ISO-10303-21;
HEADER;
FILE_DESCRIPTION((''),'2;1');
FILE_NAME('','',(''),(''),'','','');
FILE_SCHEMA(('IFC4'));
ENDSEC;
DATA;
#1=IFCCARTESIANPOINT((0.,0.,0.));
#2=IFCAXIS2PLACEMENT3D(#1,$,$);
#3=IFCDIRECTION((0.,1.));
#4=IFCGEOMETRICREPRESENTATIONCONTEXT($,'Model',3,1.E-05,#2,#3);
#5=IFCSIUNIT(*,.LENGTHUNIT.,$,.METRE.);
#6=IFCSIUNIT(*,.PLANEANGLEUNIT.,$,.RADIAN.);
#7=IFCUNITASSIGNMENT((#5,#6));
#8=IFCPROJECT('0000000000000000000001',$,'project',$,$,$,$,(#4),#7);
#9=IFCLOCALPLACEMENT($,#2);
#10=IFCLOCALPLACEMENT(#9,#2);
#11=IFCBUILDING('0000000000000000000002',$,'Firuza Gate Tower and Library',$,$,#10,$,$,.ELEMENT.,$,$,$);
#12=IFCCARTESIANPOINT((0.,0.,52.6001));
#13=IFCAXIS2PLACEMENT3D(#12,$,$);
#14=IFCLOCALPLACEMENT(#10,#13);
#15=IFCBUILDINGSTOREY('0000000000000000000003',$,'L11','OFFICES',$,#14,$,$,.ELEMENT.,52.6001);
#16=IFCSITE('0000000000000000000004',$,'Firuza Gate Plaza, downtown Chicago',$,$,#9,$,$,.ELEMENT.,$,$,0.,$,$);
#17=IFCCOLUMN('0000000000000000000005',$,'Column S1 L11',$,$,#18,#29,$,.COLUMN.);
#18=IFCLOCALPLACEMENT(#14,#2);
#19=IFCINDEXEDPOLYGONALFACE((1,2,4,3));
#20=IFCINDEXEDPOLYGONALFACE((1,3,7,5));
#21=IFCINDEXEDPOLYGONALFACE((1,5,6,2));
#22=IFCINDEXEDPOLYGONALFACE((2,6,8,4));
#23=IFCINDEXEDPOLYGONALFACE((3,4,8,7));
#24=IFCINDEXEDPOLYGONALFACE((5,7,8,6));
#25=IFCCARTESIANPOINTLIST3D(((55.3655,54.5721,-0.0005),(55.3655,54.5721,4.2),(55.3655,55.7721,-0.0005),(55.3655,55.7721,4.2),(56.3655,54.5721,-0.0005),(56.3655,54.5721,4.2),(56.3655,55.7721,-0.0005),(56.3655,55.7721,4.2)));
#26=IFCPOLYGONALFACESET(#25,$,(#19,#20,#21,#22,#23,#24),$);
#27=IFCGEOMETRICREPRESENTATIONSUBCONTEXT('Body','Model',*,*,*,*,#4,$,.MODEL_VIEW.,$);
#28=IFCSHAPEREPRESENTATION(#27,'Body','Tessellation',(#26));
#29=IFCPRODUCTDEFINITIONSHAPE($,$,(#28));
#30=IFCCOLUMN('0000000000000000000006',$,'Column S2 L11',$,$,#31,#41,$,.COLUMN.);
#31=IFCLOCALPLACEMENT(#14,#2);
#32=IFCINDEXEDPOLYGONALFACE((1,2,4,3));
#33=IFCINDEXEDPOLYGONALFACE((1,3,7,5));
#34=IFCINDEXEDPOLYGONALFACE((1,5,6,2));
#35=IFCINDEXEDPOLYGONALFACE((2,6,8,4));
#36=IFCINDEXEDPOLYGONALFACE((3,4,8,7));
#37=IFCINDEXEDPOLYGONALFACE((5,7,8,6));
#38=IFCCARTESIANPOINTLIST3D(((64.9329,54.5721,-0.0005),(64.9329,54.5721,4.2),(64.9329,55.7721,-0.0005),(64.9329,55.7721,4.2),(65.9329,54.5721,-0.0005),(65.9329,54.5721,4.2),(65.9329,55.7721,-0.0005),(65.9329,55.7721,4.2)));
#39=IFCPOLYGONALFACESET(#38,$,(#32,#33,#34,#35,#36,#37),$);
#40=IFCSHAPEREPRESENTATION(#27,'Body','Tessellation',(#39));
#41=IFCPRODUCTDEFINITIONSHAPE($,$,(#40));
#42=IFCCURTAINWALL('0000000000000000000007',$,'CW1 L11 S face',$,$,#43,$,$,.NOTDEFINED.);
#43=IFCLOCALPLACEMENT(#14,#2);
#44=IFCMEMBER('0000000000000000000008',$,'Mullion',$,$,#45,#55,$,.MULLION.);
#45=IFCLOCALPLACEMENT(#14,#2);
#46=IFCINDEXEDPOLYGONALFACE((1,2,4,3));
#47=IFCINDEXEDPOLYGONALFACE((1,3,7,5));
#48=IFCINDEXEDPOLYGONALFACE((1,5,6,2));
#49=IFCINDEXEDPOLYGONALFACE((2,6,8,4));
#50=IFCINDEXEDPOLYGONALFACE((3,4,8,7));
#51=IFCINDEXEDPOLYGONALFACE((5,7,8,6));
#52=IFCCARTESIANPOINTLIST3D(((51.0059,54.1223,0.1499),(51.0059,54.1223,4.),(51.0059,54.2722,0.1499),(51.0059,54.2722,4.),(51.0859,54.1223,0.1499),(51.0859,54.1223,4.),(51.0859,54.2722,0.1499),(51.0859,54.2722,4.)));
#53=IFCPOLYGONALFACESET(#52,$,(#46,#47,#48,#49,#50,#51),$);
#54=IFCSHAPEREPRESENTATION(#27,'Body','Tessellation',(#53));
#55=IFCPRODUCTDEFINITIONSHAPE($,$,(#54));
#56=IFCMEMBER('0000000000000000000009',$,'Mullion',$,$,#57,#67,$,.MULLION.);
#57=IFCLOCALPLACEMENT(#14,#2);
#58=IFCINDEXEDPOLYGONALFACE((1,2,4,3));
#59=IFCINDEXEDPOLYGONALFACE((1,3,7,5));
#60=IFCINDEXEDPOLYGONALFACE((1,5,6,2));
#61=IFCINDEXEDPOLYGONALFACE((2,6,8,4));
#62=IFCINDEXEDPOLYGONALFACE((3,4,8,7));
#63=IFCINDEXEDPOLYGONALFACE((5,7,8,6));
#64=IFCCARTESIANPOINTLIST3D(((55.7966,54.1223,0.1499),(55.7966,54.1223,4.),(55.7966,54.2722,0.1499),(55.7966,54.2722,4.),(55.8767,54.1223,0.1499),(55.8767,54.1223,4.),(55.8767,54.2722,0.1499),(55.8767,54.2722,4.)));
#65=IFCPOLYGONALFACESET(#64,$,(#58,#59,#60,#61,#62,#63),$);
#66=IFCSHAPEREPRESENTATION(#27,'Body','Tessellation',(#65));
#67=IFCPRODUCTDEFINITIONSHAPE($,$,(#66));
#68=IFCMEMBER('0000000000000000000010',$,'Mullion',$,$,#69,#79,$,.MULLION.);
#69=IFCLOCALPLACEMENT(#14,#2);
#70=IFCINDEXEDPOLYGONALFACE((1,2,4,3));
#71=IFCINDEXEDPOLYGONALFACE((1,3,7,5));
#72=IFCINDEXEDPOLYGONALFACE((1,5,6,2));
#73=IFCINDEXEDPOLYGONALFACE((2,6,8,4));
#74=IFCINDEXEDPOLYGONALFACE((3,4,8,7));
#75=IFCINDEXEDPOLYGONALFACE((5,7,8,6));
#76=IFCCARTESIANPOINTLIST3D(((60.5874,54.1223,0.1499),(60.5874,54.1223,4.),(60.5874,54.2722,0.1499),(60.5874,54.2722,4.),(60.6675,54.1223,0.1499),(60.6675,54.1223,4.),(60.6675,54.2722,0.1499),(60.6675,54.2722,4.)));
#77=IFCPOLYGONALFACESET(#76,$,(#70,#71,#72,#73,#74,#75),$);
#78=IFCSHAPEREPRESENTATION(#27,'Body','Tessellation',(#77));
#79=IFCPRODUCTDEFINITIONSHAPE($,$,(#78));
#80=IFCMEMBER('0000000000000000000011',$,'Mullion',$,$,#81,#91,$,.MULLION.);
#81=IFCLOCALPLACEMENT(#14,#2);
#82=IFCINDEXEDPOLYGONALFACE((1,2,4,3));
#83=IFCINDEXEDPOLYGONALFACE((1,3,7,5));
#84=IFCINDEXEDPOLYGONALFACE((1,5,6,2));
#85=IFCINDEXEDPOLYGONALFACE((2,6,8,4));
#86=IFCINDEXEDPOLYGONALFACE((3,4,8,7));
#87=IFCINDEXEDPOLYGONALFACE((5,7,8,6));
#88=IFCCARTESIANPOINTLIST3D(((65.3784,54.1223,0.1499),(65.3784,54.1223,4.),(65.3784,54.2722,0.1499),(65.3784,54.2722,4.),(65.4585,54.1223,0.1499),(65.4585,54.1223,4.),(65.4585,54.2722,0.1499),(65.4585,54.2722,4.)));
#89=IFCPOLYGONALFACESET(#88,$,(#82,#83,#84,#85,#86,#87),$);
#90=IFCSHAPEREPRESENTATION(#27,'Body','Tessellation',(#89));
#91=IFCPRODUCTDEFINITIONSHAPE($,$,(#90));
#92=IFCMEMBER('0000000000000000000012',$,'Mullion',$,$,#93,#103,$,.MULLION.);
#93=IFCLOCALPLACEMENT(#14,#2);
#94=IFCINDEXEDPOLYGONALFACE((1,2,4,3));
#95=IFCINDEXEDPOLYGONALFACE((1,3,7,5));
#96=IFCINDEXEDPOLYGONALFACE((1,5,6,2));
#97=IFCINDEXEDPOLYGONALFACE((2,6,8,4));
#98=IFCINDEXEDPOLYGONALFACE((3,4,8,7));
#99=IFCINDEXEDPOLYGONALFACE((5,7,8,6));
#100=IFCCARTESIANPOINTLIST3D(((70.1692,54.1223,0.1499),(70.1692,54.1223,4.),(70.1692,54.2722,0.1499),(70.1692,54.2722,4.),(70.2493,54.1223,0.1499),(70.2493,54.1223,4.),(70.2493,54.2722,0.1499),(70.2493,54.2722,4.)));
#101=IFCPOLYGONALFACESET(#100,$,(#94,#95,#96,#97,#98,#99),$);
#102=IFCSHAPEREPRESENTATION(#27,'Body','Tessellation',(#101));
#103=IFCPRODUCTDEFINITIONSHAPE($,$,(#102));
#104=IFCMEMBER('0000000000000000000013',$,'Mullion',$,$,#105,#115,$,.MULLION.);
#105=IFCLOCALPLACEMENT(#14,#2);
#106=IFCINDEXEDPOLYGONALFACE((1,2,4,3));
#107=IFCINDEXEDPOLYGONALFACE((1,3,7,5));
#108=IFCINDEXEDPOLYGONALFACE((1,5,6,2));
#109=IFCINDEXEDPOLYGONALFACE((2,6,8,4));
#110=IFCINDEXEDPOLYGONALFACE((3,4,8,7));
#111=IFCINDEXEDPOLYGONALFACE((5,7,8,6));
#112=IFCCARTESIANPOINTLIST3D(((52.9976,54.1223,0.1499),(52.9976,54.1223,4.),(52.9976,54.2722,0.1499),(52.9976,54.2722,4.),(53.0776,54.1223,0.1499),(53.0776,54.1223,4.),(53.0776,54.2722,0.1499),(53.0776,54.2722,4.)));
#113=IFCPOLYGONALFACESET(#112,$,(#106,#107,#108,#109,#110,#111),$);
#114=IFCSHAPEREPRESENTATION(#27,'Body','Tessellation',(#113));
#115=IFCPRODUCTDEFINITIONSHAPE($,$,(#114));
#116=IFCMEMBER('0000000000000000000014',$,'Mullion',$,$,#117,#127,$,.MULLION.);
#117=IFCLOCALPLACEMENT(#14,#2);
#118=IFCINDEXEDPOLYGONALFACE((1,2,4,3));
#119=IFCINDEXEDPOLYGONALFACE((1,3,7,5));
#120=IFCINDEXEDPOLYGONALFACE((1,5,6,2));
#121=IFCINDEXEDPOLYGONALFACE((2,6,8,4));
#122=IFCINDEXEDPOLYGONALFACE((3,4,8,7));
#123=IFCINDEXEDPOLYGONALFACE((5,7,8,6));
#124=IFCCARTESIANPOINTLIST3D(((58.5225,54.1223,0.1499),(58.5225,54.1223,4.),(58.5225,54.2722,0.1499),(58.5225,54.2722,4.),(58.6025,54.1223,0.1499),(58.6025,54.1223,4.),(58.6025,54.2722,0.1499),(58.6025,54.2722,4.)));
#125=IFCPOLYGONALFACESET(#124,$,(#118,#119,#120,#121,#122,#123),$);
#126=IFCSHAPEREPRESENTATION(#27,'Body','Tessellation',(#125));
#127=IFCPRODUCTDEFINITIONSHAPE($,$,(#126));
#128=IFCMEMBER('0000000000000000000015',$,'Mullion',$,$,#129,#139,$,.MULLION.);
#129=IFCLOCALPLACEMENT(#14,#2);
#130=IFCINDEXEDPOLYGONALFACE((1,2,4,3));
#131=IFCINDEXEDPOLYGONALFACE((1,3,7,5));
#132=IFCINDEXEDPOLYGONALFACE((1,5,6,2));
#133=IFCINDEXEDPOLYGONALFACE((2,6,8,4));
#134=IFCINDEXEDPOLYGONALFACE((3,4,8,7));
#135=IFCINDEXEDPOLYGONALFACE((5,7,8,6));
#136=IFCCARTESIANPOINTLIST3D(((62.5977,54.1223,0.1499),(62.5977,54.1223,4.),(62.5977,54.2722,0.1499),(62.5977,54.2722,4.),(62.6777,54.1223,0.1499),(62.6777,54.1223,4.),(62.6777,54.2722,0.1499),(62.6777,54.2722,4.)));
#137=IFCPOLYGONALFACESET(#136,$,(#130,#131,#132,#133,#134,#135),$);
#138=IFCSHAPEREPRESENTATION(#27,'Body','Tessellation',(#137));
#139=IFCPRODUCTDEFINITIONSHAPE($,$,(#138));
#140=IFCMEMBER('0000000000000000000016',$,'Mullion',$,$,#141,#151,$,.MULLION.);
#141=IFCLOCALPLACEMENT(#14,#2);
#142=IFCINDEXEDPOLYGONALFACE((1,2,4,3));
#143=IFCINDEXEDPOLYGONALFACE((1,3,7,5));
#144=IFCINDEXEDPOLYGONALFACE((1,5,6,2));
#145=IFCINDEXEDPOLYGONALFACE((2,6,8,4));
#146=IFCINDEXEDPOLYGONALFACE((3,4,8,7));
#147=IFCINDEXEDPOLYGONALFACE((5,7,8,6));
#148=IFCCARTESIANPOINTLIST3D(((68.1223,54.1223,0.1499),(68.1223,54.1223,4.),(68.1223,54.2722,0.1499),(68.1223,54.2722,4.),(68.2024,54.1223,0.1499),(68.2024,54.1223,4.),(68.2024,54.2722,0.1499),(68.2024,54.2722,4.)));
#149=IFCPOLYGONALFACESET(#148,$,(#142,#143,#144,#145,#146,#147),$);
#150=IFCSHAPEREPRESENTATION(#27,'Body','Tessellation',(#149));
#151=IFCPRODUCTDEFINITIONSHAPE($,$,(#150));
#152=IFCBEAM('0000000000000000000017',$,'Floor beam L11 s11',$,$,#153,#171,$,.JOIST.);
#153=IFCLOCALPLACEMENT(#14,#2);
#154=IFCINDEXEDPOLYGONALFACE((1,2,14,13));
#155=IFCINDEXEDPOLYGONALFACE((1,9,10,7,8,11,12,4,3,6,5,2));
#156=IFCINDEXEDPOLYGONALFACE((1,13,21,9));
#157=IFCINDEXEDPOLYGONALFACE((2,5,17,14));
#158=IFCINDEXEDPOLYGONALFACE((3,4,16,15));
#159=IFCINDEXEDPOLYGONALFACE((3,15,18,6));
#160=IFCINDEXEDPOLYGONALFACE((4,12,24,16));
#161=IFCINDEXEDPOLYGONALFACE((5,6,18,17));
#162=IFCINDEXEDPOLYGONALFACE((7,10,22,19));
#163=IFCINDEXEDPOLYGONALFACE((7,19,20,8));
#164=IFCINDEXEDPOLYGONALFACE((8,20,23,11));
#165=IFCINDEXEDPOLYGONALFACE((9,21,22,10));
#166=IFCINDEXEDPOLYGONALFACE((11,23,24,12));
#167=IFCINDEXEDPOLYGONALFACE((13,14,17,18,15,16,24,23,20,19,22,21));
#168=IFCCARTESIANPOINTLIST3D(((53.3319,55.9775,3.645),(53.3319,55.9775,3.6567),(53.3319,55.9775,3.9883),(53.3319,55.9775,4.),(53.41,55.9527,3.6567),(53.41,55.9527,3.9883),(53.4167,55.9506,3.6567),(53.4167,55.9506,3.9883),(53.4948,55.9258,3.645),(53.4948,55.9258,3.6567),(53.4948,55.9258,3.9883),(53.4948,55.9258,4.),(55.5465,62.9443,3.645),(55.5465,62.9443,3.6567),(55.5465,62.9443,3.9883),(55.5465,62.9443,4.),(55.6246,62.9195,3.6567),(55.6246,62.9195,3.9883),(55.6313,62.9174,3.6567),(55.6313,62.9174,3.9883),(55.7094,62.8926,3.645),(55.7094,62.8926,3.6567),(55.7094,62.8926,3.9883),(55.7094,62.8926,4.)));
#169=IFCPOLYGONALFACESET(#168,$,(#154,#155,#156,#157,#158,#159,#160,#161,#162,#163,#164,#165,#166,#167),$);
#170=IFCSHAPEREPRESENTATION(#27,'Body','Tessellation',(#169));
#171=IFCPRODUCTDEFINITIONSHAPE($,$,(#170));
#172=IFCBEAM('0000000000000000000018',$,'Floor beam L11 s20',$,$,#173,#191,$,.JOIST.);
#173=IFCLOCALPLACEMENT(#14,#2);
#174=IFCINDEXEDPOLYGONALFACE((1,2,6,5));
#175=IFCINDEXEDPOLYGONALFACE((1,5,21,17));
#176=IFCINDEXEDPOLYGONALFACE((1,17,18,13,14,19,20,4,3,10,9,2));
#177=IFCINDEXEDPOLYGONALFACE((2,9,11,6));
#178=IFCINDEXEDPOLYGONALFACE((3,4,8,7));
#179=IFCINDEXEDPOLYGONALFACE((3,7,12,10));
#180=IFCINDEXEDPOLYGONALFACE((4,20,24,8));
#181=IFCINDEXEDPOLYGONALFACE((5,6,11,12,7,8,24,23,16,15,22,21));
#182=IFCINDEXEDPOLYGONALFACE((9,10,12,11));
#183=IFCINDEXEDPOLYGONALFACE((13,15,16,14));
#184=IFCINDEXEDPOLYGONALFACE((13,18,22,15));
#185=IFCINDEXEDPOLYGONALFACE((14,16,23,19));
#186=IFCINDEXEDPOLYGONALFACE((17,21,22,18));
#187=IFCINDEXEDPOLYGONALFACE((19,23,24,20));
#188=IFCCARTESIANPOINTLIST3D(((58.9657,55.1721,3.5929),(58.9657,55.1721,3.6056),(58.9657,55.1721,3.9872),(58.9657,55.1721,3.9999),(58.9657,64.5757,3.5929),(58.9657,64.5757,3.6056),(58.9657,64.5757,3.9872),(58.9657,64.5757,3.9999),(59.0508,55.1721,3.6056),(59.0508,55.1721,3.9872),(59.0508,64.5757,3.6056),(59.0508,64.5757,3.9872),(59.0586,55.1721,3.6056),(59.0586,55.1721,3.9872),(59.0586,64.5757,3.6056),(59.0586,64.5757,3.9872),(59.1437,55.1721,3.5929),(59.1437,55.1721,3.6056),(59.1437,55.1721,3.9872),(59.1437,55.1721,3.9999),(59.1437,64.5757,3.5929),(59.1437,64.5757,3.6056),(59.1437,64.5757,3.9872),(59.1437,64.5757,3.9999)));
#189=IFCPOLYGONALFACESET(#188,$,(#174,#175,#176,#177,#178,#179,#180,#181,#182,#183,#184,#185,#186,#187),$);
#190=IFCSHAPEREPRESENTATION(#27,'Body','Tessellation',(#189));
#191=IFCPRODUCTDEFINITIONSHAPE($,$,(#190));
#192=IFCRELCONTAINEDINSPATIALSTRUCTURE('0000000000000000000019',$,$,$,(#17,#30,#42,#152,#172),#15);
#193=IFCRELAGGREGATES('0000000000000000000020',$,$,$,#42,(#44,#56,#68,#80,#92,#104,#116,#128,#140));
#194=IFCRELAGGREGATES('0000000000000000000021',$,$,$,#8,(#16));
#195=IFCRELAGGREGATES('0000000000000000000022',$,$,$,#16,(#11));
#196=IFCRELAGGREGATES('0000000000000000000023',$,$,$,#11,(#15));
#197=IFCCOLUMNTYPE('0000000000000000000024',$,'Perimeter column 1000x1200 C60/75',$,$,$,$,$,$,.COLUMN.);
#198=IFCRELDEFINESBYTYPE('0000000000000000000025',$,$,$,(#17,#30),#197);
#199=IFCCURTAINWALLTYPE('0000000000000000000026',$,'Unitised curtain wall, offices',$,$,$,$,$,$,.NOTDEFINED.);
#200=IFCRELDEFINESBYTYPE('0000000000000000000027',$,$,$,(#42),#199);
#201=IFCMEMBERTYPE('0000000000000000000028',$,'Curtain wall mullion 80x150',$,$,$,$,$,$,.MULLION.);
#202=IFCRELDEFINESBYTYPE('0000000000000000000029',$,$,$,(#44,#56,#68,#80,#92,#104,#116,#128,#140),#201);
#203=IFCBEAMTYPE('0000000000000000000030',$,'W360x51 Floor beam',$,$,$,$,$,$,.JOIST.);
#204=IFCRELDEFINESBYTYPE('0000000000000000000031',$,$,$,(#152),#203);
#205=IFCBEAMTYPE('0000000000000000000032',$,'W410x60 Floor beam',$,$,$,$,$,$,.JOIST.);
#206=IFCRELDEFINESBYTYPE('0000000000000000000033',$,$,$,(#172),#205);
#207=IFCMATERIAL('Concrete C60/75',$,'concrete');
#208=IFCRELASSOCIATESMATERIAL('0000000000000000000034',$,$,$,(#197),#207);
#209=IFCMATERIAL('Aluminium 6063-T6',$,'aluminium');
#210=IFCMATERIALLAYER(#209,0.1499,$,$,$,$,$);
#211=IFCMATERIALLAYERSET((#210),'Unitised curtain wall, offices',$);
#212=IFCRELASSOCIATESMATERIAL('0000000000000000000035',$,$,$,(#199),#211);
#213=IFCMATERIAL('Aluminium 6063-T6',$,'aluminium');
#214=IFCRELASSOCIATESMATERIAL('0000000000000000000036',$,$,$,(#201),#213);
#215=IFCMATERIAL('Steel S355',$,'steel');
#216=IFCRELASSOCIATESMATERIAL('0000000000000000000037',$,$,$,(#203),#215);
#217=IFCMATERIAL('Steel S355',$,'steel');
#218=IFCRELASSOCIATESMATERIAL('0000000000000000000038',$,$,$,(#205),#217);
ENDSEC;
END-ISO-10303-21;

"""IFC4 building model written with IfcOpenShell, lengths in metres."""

from ifc_helpers import new_model, si_unit, direction, frame, origin, origin_2d, place, context, subcontext, project, spatial, rectangle, i_section, extrude, material, layer, layer_set, material_profile, profile_set, type_object, element, aggregate, save


model = new_model("IFC4")

# Units and contexts
model_context = context("Model", 3, precision=1e-05, world=origin(), true_north=direction((0.0, 1.0)))
body_context = subcontext(model_context, "Body", "Model", "MODEL_VIEW")
ifc_project = project(units=[si_unit("LENGTHUNIT", "METRE"), si_unit("PLANEANGLEUNIT", "RADIAN")], contexts=[model_context])

# Site, building, storey
site_placement = place(None, origin())
site = spatial("IfcSite", under=ifc_project, at=site_placement, Name="Firuza Gate Plaza, downtown Chicago", CompositionType="ELEMENT", RefElevation=0.0)
building_placement = place(site_placement, origin())
building = spatial("IfcBuilding", under=site, at=building_placement, Name="Firuza Gate Tower and Library", CompositionType="ELEMENT")
storey_placement = place(building_placement, frame((0.0, 0.0, 52.6001)))
storey = spatial("IfcBuildingStorey", under=building, at=storey_placement, Name="L11", Description="OFFICES", CompositionType="ELEMENT", Elevation=52.6001)

# Columns
ifc_material_1 = material(Name="Concrete C60/75", Category="concrete")
ifc_material_profile_1 = material_profile(ifc_material_1, rectangle(XDim=1.0, YDim=1.2, at=origin_2d()))
ifc_profile_set_1 = profile_set([ifc_material_profile_1], Name="Concrete C60/75")
column_type = type_object("IfcColumnType", Name="Perimeter column 1000x1200 C60/75", PredefinedType="COLUMN", material=ifc_profile_set_1)
for number, where, z_axis, x_axis, name in (
    (1, (55.8655, 55.1721, -0.0005), (0.0, 0.0, 1.0), (1.0, 0.0, 0.0), "Column S1 L11"),
    (2, (65.4329, 55.1721, -0.0005), (0.0, 0.0, 1.0), (1.0, 0.0, 0.0), "Column S2 L11"),
):
    element("IfcColumn", number, at=place(storey_placement, frame(where, z_axis=z_axis, x_axis=x_axis)), inside=storey, type_object=column_type, Name=name, PredefinedType="COLUMN", context=body_context, shape_type="SweptSolid", body=[
        extrude(rectangle(XDim=1.0, YDim=1.2, at=origin_2d()), origin(), (0.0, 0.0, 1.0), 4.2004),
    ])

# Curtain wall, members
ifc_material_2 = material(Name="Aluminium 6063-T6", Category="aluminium")
ifc_layer_1 = layer(ifc_material_2, 0.1499)
ifc_layer_set_1 = layer_set([ifc_layer_1], Name="Unitised curtain wall, offices")
curtain_wall_type = type_object("IfcCurtainWallType", Name="Unitised curtain wall, offices", PredefinedType="NOTDEFINED", material=ifc_layer_set_1)
curtain_wall_placement = place(storey_placement, origin())
curtain_wall = element("IfcCurtainWall", 3, at=curtain_wall_placement, inside=storey, type_object=curtain_wall_type, Name="CW1 L11 S face", PredefinedType="NOTDEFINED")
ifc_material_3 = material(Name="Aluminium 6063-T6", Category="aluminium")
ifc_material_profile_2 = material_profile(ifc_material_3, rectangle(XDim=0.1499, YDim=0.0801, at=origin_2d()))
ifc_profile_set_2 = profile_set([ifc_material_profile_2], Name="Aluminium 6063-T6")
member_type = type_object("IfcMemberType", Name="Curtain wall mullion 80x150", PredefinedType="MULLION", material=ifc_profile_set_2)
member_1_placement = place(storey_placement, frame((51.0459, 54.1973, 0.1499), z_axis=(0.0, 0.0, 1.0), x_axis=(0.0, 1.0, 0.0)))
member_1 = element("IfcMember", 4, at=member_1_placement, type_object=member_type, Name="Mullion", PredefinedType="MULLION", context=body_context, shape_type="SweptSolid", body=[
    extrude(rectangle(XDim=0.1499, YDim=0.0801, at=origin_2d()), origin(), (0.0, 0.0, 1.0), 3.8501),
])
member_2_placement = place(storey_placement, frame((55.8367, 54.1973, 0.1499), z_axis=(0.0, 0.0, 1.0), x_axis=(0.0, 1.0, 0.0)))
member_2 = element("IfcMember", 5, at=member_2_placement, type_object=member_type, Name="Mullion", PredefinedType="MULLION", context=body_context, shape_type="SweptSolid", body=[
    extrude(rectangle(XDim=0.1499, YDim=0.0801, at=origin_2d()), origin(), (0.0, 0.0, 1.0), 3.8501),
])
member_3_placement = place(storey_placement, frame((60.6274, 54.1973, 0.1499), z_axis=(0.0, 0.0, 1.0), x_axis=(0.0, 1.0, 0.0)))
member_3 = element("IfcMember", 6, at=member_3_placement, type_object=member_type, Name="Mullion", PredefinedType="MULLION", context=body_context, shape_type="SweptSolid", body=[
    extrude(rectangle(XDim=0.1499, YDim=0.0801, at=origin_2d()), origin(), (0.0, 0.0, 1.0), 3.8501),
])
member_4_placement = place(storey_placement, frame((65.4185, 54.1973, 0.1499), z_axis=(0.0, 0.0, 1.0), x_axis=(0.0, 1.0, 0.0)))
member_4 = element("IfcMember", 7, at=member_4_placement, type_object=member_type, Name="Mullion", PredefinedType="MULLION", context=body_context, shape_type="SweptSolid", body=[
    extrude(rectangle(XDim=0.1499, YDim=0.0801, at=origin_2d()), origin(), (0.0, 0.0, 1.0), 3.8501),
])
member_5_placement = place(storey_placement, frame((70.2092, 54.1973, 0.1499), z_axis=(0.0, 0.0, 1.0), x_axis=(0.0, 1.0, 0.0)))
member_5 = element("IfcMember", 8, at=member_5_placement, type_object=member_type, Name="Mullion", PredefinedType="MULLION", context=body_context, shape_type="SweptSolid", body=[
    extrude(rectangle(XDim=0.1499, YDim=0.0801, at=origin_2d()), origin(), (0.0, 0.0, 1.0), 3.8501),
])
member_6_placement = place(storey_placement, frame((53.0376, 54.1973, 0.1499), z_axis=(0.0, 0.0, 1.0), x_axis=(0.0, 1.0, 0.0)))
member_6 = element("IfcMember", 9, at=member_6_placement, type_object=member_type, Name="Mullion", PredefinedType="MULLION", context=body_context, shape_type="SweptSolid", body=[
    extrude(rectangle(XDim=0.1499, YDim=0.0801, at=origin_2d()), origin(), (0.0, 0.0, 1.0), 3.8501),
])
member_7_placement = place(storey_placement, frame((58.5625, 54.1973, 0.1499), z_axis=(0.0, 0.0, 1.0), x_axis=(0.0, 1.0, 0.0)))
member_7 = element("IfcMember", 10, at=member_7_placement, type_object=member_type, Name="Mullion", PredefinedType="MULLION", context=body_context, shape_type="SweptSolid", body=[
    extrude(rectangle(XDim=0.1499, YDim=0.0801, at=origin_2d()), origin(), (0.0, 0.0, 1.0), 3.8501),
])
member_8_placement = place(storey_placement, frame((62.6377, 54.1973, 0.1499), z_axis=(0.0, 0.0, 1.0), x_axis=(0.0, 1.0, 0.0)))
member_8 = element("IfcMember", 11, at=member_8_placement, type_object=member_type, Name="Mullion", PredefinedType="MULLION", context=body_context, shape_type="SweptSolid", body=[
    extrude(rectangle(XDim=0.1499, YDim=0.0801, at=origin_2d()), origin(), (0.0, 0.0, 1.0), 3.8501),
])
member_9_placement = place(storey_placement, frame((68.1624, 54.1973, 0.1499), z_axis=(0.0, 0.0, 1.0), x_axis=(0.0, 1.0, 0.0)))
member_9 = element("IfcMember", 12, at=member_9_placement, type_object=member_type, Name="Mullion", PredefinedType="MULLION", context=body_context, shape_type="SweptSolid", body=[
    extrude(rectangle(XDim=0.1499, YDim=0.0801, at=origin_2d()), origin(), (0.0, 0.0, 1.0), 3.8501),
])

# Beams
ifc_material_4 = material(Name="Steel S355", Category="steel")
ifc_material_profile_3 = material_profile(ifc_material_4, i_section(OverallWidth=0.1709, OverallDepth=0.355, WebThickness=0.0071, FlangeThickness=0.0117, at=origin_2d()))
ifc_profile_set_3 = profile_set([ifc_material_profile_3], Name="Steel S355")
beam_type_1 = type_object("IfcBeamType", Name="W360x51 Floor beam", PredefinedType="JOIST", material=ifc_profile_set_3)
beam_1_placement = place(storey_placement, frame((53.4133, 55.9517, 3.8225), z_axis=(0.302942, 0.953009, 0.0), x_axis=(-0.953009, 0.302942, 0.0)))
element("IfcBeam", 13, at=beam_1_placement, inside=storey, type_object=beam_type_1, Name="Floor beam L11 s11", PredefinedType="JOIST", context=body_context, shape_type="SweptSolid", body=[
    extrude(i_section(OverallWidth=0.1709, OverallDepth=0.355, WebThickness=0.0071, FlangeThickness=0.0117, at=origin_2d()), origin(), (0.0, 0.0, 1.0), 7.3103),
])
ifc_material_5 = material(Name="Steel S355", Category="steel")
ifc_material_profile_4 = material_profile(ifc_material_5, i_section(OverallWidth=0.178, OverallDepth=0.407, WebThickness=0.0078, FlangeThickness=0.0127, at=origin_2d()))
ifc_profile_set_4 = profile_set([ifc_material_profile_4], Name="Steel S355")
beam_type_2 = type_object("IfcBeamType", Name="W410x60 Floor beam", PredefinedType="JOIST", material=ifc_profile_set_4)
beam_2_placement = place(storey_placement, frame((59.0547, 55.1721, 3.7964), z_axis=(0.0, 1.0, 0.0), x_axis=(-1.0, 0.0, 0.0)))
element("IfcBeam", 14, at=beam_2_placement, inside=storey, type_object=beam_type_2, Name="Floor beam L11 s20", PredefinedType="JOIST", context=body_context, shape_type="SweptSolid", body=[
    extrude(i_section(OverallWidth=0.178, OverallDepth=0.407, WebThickness=0.0078, FlangeThickness=0.0127, at=origin_2d()), origin(), (0.0, 0.0, 1.0), 9.4036),
])

aggregate(curtain_wall, [member_1, member_2, member_3, member_4, member_5, member_6, member_7, member_8, member_9])

save(model, "model.ifc")
